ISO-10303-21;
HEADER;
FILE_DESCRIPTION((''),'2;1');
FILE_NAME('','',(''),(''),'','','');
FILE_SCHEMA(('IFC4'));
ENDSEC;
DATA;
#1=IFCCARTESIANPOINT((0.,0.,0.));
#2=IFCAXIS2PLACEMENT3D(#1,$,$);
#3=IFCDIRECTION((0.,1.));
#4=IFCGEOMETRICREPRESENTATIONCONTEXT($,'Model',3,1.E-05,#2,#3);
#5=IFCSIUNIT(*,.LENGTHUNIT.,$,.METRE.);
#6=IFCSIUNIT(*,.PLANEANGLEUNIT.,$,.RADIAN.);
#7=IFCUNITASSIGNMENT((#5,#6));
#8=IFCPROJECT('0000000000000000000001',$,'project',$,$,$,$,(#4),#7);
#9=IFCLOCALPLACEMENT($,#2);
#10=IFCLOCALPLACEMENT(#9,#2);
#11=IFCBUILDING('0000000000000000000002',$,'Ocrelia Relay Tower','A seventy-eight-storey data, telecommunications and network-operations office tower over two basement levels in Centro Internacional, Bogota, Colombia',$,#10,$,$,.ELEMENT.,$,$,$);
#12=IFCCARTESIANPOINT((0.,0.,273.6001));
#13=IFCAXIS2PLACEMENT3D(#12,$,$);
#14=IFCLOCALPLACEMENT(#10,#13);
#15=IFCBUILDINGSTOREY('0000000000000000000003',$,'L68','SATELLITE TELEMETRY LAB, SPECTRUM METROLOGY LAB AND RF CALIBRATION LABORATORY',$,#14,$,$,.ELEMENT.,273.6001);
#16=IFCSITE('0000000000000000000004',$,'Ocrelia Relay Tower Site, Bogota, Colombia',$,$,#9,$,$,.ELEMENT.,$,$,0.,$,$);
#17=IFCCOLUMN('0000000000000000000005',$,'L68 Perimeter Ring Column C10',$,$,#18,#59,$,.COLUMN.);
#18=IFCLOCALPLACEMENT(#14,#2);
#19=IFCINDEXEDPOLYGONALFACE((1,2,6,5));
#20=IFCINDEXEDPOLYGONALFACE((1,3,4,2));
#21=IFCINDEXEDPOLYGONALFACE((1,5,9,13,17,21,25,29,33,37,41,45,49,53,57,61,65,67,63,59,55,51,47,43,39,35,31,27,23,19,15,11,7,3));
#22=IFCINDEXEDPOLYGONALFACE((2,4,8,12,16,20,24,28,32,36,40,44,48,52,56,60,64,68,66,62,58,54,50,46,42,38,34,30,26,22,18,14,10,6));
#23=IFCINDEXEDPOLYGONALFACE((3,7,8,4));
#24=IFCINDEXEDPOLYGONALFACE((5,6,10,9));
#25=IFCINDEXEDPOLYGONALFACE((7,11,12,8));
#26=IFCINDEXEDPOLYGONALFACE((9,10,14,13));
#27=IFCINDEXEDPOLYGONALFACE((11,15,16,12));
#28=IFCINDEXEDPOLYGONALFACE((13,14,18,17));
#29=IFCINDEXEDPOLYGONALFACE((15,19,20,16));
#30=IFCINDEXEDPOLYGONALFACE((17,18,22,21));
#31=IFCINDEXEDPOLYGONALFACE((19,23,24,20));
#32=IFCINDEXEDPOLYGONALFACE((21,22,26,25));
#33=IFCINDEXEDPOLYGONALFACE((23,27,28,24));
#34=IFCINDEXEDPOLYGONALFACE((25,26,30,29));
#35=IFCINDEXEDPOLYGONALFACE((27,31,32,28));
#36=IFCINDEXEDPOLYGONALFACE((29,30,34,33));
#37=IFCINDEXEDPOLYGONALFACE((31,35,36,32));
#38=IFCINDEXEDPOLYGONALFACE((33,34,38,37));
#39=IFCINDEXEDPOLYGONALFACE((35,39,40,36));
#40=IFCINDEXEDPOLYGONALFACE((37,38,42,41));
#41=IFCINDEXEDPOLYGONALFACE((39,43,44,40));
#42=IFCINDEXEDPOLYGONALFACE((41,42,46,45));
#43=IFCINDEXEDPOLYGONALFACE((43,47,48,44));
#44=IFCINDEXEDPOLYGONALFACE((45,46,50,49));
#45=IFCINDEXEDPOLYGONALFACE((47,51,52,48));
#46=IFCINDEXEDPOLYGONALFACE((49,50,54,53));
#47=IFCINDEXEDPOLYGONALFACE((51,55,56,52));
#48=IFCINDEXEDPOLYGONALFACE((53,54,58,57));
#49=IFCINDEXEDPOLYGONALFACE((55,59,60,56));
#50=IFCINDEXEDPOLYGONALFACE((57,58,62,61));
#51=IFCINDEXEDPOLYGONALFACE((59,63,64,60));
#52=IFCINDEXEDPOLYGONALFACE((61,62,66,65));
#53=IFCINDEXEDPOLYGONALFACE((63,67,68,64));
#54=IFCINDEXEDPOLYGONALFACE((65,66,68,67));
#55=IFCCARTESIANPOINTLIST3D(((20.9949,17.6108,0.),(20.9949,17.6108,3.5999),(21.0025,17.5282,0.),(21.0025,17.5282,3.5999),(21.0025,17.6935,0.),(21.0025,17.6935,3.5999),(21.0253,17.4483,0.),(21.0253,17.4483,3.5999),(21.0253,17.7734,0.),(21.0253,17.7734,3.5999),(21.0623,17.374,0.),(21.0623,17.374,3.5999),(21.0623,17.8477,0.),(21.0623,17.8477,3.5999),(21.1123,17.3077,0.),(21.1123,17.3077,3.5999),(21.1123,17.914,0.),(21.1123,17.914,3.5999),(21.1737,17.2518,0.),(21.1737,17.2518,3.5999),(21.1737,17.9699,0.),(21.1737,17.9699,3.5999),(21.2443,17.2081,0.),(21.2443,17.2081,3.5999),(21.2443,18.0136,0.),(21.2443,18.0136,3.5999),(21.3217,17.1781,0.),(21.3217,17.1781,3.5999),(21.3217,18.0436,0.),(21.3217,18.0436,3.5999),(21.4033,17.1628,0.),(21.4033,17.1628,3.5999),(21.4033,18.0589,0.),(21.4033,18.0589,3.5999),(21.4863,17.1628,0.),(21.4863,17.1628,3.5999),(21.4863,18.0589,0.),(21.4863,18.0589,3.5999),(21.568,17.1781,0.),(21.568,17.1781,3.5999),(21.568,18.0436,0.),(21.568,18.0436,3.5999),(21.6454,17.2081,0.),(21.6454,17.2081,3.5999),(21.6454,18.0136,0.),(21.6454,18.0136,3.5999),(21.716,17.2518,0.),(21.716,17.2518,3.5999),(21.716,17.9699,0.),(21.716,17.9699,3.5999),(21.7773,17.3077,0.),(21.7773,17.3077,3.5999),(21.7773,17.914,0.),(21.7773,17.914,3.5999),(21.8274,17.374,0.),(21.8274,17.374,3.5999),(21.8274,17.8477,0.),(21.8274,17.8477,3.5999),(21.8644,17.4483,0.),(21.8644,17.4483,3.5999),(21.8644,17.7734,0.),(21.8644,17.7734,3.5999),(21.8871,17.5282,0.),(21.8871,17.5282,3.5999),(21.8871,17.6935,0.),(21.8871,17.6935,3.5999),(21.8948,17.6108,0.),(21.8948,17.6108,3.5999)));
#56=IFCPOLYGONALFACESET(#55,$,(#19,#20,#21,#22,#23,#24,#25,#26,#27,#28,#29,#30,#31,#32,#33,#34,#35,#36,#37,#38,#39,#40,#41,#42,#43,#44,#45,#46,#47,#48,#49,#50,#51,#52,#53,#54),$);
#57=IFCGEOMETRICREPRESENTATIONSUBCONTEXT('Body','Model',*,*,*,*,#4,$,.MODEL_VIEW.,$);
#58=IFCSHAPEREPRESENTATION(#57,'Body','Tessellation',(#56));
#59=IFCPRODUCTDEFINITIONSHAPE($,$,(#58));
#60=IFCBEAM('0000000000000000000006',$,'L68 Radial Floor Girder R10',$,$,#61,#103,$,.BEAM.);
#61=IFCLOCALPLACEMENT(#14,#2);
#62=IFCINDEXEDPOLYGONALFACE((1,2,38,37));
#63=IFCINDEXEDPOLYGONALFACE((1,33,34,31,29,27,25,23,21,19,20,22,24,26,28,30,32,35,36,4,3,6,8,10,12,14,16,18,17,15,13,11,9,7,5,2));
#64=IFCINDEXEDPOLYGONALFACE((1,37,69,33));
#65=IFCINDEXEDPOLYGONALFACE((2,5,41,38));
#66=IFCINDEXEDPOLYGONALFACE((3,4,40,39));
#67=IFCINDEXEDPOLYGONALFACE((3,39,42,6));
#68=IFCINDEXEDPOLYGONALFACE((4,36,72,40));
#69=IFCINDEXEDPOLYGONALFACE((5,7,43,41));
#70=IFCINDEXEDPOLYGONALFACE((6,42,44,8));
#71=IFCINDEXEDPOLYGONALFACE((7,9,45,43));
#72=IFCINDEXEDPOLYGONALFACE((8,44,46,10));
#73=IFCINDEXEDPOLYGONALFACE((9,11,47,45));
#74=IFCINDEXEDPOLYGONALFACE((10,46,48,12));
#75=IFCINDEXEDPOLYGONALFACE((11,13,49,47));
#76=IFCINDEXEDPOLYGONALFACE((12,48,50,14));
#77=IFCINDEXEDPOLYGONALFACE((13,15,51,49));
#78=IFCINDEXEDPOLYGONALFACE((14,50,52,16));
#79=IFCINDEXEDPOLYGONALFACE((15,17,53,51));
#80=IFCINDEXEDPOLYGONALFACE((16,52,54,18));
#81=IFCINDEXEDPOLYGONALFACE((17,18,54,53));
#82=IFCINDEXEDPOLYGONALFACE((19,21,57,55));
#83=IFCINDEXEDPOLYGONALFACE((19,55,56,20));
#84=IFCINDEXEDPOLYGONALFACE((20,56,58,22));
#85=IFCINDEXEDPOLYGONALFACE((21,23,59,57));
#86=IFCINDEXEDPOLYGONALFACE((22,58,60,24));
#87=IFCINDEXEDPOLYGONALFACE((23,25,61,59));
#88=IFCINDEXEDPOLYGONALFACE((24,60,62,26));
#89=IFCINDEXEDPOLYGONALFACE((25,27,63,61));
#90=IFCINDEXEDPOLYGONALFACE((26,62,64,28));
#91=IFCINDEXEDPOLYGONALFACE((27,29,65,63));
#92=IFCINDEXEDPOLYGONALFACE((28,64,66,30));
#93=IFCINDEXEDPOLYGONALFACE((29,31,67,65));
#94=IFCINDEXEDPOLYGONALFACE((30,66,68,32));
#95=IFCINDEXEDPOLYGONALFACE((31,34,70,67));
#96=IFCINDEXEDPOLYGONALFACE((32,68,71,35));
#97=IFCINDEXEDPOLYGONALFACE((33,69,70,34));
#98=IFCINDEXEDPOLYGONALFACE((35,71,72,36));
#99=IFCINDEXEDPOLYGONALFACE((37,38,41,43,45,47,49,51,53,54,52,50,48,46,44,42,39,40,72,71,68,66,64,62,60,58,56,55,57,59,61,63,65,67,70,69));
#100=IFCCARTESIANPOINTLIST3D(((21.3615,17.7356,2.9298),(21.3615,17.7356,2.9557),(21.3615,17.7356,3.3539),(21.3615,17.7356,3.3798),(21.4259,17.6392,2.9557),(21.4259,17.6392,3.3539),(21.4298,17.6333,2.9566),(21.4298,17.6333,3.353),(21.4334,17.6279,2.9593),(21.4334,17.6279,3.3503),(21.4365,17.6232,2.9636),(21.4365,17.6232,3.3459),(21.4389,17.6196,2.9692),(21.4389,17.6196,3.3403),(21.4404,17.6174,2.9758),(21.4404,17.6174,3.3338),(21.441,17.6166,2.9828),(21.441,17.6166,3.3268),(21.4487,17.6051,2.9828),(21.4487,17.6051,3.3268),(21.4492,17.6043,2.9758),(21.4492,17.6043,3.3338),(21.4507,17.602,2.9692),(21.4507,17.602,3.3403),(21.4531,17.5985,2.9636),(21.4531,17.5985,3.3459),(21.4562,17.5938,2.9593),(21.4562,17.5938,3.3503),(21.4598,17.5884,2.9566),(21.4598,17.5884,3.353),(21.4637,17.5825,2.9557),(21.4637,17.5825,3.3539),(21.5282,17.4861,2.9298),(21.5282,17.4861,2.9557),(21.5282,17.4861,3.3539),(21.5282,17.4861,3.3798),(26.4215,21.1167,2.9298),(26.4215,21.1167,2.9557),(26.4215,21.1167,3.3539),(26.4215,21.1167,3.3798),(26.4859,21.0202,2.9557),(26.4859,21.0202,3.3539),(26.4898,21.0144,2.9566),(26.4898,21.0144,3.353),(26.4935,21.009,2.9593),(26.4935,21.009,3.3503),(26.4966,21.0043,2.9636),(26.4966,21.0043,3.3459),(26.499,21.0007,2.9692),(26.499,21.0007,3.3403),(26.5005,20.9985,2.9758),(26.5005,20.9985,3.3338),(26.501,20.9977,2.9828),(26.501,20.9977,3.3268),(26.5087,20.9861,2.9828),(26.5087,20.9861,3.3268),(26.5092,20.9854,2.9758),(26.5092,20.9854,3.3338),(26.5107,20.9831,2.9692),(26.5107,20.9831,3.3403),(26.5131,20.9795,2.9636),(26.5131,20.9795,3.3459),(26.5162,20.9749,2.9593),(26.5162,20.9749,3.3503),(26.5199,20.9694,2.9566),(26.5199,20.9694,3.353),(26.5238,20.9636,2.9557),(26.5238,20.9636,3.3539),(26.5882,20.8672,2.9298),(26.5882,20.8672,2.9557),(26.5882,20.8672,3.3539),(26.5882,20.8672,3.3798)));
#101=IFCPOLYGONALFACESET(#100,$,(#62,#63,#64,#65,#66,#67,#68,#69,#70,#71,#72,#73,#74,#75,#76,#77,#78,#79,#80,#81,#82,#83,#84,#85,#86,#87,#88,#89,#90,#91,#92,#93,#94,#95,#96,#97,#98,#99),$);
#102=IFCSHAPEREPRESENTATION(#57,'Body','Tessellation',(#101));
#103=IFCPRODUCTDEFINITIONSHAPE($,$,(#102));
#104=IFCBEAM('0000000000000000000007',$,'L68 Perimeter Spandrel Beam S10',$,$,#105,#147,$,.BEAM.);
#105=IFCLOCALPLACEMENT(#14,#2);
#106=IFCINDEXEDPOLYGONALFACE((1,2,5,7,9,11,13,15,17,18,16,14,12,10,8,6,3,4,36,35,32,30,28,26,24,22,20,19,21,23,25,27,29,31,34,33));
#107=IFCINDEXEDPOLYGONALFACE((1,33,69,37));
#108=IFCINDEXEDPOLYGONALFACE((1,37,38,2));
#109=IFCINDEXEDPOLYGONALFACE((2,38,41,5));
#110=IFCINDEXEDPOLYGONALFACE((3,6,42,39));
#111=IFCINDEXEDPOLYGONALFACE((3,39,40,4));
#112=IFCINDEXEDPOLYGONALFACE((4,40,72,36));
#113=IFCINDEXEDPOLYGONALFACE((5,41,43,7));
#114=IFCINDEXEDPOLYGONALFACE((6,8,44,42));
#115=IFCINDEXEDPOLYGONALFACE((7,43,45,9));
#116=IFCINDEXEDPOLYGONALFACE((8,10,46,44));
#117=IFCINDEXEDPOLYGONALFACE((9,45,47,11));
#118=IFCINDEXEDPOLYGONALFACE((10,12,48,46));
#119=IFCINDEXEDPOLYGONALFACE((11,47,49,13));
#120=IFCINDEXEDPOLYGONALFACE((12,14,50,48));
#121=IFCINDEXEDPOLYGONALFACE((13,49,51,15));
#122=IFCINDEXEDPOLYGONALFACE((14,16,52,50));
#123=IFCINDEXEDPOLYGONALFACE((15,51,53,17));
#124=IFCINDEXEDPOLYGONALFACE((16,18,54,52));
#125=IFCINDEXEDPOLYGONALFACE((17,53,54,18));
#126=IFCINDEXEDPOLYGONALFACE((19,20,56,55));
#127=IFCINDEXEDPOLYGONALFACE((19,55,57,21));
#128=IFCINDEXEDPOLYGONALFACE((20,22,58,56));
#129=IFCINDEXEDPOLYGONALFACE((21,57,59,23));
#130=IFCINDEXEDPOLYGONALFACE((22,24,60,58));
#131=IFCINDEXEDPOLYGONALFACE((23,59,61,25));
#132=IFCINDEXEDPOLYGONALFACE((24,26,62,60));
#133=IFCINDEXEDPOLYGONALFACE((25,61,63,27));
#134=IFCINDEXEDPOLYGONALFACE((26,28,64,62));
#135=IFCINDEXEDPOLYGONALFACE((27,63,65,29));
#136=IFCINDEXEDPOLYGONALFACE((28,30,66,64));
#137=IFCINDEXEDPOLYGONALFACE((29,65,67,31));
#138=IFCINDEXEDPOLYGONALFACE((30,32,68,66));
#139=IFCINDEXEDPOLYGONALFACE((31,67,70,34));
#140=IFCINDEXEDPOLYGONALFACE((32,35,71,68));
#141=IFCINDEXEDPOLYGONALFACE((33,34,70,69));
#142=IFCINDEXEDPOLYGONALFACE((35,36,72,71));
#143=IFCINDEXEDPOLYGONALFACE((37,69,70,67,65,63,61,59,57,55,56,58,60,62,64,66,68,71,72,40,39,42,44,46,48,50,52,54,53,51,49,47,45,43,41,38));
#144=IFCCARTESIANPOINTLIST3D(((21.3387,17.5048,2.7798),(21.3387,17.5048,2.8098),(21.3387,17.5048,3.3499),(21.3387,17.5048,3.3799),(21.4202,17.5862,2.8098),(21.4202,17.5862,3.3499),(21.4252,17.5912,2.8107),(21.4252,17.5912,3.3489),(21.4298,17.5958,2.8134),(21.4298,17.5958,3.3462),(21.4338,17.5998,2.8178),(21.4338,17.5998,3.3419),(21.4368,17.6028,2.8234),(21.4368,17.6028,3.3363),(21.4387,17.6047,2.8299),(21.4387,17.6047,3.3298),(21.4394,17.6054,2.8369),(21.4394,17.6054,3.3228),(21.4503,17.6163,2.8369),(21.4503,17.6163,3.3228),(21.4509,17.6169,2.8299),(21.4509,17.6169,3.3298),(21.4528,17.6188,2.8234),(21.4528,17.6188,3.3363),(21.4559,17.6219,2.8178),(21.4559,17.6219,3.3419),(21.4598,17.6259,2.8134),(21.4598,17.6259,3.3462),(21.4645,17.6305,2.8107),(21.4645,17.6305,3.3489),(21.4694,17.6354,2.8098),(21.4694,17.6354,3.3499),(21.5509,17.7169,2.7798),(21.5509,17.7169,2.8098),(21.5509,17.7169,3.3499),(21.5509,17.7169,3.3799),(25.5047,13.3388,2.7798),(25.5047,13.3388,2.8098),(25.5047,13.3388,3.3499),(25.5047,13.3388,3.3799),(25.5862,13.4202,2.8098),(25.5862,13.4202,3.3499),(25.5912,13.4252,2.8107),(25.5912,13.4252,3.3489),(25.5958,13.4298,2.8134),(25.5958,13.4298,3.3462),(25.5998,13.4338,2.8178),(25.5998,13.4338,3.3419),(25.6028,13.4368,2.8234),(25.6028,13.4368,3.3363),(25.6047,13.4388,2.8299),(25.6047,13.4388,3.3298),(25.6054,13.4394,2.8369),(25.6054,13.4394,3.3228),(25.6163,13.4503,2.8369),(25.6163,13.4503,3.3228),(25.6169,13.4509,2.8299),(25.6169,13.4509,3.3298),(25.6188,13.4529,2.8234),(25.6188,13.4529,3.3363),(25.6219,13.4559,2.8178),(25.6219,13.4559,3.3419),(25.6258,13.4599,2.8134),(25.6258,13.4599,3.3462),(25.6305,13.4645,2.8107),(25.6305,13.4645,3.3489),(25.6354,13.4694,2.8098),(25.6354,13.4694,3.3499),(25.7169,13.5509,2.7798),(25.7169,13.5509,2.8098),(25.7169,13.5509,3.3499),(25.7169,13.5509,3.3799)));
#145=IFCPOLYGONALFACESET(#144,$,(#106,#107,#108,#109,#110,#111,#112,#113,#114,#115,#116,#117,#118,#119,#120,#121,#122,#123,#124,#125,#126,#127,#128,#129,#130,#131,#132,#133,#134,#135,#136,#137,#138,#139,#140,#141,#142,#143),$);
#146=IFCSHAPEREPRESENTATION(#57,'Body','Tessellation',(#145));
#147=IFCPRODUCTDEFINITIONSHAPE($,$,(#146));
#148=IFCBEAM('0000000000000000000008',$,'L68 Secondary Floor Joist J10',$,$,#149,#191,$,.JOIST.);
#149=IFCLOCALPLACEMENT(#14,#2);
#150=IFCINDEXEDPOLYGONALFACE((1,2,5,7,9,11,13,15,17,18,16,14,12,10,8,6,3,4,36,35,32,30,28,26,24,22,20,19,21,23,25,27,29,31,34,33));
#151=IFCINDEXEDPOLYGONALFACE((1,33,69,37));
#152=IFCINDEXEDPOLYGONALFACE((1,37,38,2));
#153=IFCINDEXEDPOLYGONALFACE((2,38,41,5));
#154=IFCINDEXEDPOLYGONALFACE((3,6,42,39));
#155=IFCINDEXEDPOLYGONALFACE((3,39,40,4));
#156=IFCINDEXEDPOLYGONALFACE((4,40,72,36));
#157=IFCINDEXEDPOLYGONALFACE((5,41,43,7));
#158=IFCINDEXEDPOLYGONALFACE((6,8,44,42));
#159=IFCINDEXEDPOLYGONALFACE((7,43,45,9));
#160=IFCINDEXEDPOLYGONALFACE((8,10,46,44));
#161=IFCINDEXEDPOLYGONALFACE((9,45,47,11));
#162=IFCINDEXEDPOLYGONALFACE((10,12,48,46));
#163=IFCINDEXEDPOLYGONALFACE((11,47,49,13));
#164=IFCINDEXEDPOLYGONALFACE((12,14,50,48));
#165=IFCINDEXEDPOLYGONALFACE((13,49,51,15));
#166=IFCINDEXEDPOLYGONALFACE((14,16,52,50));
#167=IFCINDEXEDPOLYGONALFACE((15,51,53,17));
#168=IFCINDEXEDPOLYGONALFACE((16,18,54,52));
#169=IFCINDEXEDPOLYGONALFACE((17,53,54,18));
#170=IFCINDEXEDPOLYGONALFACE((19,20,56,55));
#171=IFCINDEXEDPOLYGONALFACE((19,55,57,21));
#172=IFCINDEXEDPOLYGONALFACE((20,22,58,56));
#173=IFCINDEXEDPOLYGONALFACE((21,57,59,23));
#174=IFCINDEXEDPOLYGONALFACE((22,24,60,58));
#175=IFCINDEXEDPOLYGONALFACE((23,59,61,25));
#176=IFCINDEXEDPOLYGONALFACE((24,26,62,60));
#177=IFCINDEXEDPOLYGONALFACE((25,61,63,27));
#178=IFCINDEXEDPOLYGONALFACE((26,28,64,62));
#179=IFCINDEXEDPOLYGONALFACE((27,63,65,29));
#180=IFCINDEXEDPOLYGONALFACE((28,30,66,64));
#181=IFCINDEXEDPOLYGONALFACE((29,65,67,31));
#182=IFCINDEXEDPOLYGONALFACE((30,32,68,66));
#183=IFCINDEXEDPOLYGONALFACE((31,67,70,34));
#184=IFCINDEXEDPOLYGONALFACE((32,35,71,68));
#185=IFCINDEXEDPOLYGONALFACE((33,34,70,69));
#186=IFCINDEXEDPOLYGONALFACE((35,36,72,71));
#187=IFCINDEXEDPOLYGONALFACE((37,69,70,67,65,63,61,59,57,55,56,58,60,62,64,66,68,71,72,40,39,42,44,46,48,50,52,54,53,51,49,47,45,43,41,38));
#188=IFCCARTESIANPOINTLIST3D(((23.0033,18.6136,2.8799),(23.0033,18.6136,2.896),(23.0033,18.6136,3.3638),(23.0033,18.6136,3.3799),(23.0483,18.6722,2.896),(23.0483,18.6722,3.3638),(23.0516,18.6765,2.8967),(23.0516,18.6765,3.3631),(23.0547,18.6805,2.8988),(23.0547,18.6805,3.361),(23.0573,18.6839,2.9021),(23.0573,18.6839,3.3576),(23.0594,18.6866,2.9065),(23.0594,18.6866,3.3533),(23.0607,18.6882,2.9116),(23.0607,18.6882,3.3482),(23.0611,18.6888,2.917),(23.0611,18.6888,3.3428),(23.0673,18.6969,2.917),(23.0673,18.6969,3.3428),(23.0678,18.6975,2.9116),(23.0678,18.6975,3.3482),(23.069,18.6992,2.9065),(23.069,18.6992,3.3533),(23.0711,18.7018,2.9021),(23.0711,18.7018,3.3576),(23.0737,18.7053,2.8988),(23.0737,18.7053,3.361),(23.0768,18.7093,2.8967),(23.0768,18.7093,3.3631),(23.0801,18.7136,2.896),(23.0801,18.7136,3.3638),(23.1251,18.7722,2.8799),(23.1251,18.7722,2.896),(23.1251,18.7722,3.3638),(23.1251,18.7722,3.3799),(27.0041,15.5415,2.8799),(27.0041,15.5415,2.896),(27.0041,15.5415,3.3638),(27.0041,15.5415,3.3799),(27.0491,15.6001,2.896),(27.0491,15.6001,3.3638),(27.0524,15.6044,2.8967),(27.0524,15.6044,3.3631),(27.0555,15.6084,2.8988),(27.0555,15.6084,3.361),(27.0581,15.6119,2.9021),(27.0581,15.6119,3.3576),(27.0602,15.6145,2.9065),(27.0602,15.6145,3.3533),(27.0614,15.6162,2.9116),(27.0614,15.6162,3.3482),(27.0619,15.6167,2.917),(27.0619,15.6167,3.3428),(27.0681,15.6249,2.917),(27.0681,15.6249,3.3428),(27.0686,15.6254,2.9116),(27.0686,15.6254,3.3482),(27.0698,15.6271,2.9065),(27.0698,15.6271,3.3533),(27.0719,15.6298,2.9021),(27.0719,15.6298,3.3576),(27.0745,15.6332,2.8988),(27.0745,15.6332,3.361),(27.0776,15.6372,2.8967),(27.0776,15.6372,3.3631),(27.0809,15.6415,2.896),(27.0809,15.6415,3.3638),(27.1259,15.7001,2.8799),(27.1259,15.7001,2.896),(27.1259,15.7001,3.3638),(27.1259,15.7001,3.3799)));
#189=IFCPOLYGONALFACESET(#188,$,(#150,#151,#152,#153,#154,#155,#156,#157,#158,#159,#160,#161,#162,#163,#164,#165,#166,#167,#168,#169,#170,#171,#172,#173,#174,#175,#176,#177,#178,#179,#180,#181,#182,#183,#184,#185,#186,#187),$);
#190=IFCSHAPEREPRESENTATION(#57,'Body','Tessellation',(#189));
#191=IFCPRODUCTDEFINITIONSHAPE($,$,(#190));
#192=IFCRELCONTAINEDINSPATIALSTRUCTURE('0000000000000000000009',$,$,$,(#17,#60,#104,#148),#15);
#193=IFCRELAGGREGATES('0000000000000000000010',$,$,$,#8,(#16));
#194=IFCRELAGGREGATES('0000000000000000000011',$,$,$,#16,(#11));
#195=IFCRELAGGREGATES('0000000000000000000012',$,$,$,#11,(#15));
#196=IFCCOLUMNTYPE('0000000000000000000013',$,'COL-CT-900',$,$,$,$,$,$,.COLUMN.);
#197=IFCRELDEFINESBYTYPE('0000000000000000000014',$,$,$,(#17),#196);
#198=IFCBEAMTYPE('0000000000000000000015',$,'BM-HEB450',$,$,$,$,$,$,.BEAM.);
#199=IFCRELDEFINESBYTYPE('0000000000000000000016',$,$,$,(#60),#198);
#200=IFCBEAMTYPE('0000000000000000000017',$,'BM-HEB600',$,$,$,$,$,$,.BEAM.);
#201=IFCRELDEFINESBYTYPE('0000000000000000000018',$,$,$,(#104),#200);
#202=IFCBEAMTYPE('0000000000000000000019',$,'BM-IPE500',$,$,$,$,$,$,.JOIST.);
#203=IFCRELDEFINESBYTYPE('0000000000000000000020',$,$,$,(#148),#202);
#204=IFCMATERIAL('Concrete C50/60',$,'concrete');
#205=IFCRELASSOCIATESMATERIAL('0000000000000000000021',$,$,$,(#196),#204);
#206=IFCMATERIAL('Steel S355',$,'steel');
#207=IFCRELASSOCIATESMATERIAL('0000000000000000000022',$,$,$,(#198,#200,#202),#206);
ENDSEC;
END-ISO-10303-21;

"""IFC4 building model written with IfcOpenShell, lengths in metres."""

from ifc_helpers import new_model, si_unit, direction, frame, origin, origin_2d, place, context, subcontext, project, spatial, circle, i_section, extrude, material, material_profile, profile_set, type_object, element, save


model = new_model("IFC4")

# Units and contexts
model_context = context("Model", 3, precision=1e-05, world=origin(), true_north=direction((0.0, 1.0)))
body_context = subcontext(model_context, "Body", "Model", "MODEL_VIEW")
ifc_project = project(units=[si_unit("LENGTHUNIT", "METRE"), si_unit("PLANEANGLEUNIT", "RADIAN")], contexts=[model_context])

# Site, building, storey
site_placement = place(None, origin())
site = spatial("IfcSite", under=ifc_project, at=site_placement, Name="Ocrelia Relay Tower Site, Bogota, Colombia", CompositionType="ELEMENT", RefElevation=0.0)
building_placement = place(site_placement, origin())
building = spatial("IfcBuilding", under=site, at=building_placement, Name="Ocrelia Relay Tower", Description="A seventy-eight-storey data, telecommunications and network-operations office tower over two basement levels in Centro Internacional, Bogota, Colombia", CompositionType="ELEMENT")
storey_placement = place(building_placement, frame((0.0, 0.0, 273.6001)))
storey = spatial("IfcBuildingStorey", under=building, at=storey_placement, Name="L68", Description="SATELLITE TELEMETRY LAB, SPECTRUM METROLOGY LAB AND RF CALIBRATION LABORATORY", CompositionType="ELEMENT", Elevation=273.6001)

# Column
ifc_material_1 = material(Name="Concrete C50/60", Category="concrete")
ifc_material_profile_1 = material_profile(ifc_material_1, circle(Radius=0.45, at=origin_2d()), Name="RC-CIR-900")
ifc_profile_set_1 = profile_set([ifc_material_profile_1], Name="Concrete C50/60")
column_type = type_object("IfcColumnType", Name="COL-CT-900", PredefinedType="COLUMN", material=ifc_profile_set_1)
column_placement = place(storey_placement, frame((21.4448, 17.6108, 0.0), z_axis=(0.0, 0.0, 1.0), x_axis=(1.0, 0.0, 0.0)))
element("IfcColumn", 1, at=column_placement, inside=storey, type_object=column_type, Name="L68 Perimeter Ring Column C10", PredefinedType="COLUMN", context=body_context, shape_type="SweptSolid", body=[
    extrude(circle(Radius=0.45, at=origin_2d()), origin(), (0.0, 0.0, 1.0), 3.5999),
])

# Beams
ifc_material_2 = material(Name="Steel S355", Category="steel")
ifc_material_profile_2 = material_profile(ifc_material_2, i_section(OverallWidth=0.3, OverallDepth=0.45, WebThickness=0.0139, FlangeThickness=0.0259, FilletRadius=0.0271, at=origin_2d()), Name="HEB 450")
ifc_profile_set_2 = profile_set([ifc_material_profile_2], Name="Steel S355")
beam_type_1 = type_object("IfcBeamType", Name="BM-HEB450", PredefinedType="BEAM", material=ifc_profile_set_2)
beam_1_placement = place(storey_placement, frame((21.4448, 17.6108, 3.1548), z_axis=(0.831464, 0.555579, 0.0), x_axis=(-0.555579, 0.831464, 0.0)))
element("IfcBeam", 2, at=beam_1_placement, inside=storey, type_object=beam_type_1, Name="L68 Radial Floor Girder R10", PredefinedType="BEAM", context=body_context, shape_type="SweptSolid", body=[
    extrude(i_section(OverallWidth=0.3, OverallDepth=0.45, WebThickness=0.0139, FlangeThickness=0.0259, FilletRadius=0.0271, at=origin_2d()), origin(), (0.0, 0.0, 1.0), 6.0857),
])
ifc_material_profile_3 = material_profile(ifc_material_2, i_section(OverallWidth=0.3, OverallDepth=0.6001, WebThickness=0.0154, FlangeThickness=0.03, FilletRadius=0.0271, at=origin_2d()), Name="HEB 600")
ifc_profile_set_3 = profile_set([ifc_material_profile_3], Name="Steel S355")
beam_type_2 = type_object("IfcBeamType", Name="BM-HEB600", PredefinedType="BEAM", material=ifc_profile_set_3)
beam_2_placement = place(storey_placement, frame((21.4448, 17.6108, 3.0798), z_axis=(0.707107, -0.707107, 0.0), x_axis=(0.707107, 0.707107, 0.0)))
element("IfcBeam", 3, at=beam_2_placement, inside=storey, type_object=beam_type_2, Name="L68 Perimeter Spandrel Beam S10", PredefinedType="BEAM", context=body_context, shape_type="SweptSolid", body=[
    extrude(i_section(OverallWidth=0.3, OverallDepth=0.6001, WebThickness=0.0154, FlangeThickness=0.03, FilletRadius=0.0271, at=origin_2d()), origin(), (0.0, 0.0, 1.0), 5.8916),
])
ifc_material_profile_4 = material_profile(ifc_material_2, i_section(OverallWidth=0.2, OverallDepth=0.5, WebThickness=0.0103, FlangeThickness=0.0161, FilletRadius=0.021, at=origin_2d()), Name="IPE 500")
ifc_profile_set_4 = profile_set([ifc_material_profile_4], Name="Steel S355")
beam_type_3 = type_object("IfcBeamType", Name="BM-IPE500", PredefinedType="JOIST", material=ifc_profile_set_4)
beam_3_placement = place(storey_placement, frame((23.0642, 18.6929, 3.1299), z_axis=(0.793147, -0.60903, 0.0), x_axis=(0.60903, 0.793147, 0.0)))
element("IfcBeam", 4, at=beam_3_placement, inside=storey, type_object=beam_type_3, Name="L68 Secondary Floor Joist J10", PredefinedType="JOIST", context=body_context, shape_type="SweptSolid", body=[
    extrude(i_section(OverallWidth=0.2, OverallDepth=0.5, WebThickness=0.0103, FlangeThickness=0.0161, FilletRadius=0.021, at=origin_2d()), origin(), (0.0, 0.0, 1.0), 5.0442),
])

save(model, "model.ifc")
